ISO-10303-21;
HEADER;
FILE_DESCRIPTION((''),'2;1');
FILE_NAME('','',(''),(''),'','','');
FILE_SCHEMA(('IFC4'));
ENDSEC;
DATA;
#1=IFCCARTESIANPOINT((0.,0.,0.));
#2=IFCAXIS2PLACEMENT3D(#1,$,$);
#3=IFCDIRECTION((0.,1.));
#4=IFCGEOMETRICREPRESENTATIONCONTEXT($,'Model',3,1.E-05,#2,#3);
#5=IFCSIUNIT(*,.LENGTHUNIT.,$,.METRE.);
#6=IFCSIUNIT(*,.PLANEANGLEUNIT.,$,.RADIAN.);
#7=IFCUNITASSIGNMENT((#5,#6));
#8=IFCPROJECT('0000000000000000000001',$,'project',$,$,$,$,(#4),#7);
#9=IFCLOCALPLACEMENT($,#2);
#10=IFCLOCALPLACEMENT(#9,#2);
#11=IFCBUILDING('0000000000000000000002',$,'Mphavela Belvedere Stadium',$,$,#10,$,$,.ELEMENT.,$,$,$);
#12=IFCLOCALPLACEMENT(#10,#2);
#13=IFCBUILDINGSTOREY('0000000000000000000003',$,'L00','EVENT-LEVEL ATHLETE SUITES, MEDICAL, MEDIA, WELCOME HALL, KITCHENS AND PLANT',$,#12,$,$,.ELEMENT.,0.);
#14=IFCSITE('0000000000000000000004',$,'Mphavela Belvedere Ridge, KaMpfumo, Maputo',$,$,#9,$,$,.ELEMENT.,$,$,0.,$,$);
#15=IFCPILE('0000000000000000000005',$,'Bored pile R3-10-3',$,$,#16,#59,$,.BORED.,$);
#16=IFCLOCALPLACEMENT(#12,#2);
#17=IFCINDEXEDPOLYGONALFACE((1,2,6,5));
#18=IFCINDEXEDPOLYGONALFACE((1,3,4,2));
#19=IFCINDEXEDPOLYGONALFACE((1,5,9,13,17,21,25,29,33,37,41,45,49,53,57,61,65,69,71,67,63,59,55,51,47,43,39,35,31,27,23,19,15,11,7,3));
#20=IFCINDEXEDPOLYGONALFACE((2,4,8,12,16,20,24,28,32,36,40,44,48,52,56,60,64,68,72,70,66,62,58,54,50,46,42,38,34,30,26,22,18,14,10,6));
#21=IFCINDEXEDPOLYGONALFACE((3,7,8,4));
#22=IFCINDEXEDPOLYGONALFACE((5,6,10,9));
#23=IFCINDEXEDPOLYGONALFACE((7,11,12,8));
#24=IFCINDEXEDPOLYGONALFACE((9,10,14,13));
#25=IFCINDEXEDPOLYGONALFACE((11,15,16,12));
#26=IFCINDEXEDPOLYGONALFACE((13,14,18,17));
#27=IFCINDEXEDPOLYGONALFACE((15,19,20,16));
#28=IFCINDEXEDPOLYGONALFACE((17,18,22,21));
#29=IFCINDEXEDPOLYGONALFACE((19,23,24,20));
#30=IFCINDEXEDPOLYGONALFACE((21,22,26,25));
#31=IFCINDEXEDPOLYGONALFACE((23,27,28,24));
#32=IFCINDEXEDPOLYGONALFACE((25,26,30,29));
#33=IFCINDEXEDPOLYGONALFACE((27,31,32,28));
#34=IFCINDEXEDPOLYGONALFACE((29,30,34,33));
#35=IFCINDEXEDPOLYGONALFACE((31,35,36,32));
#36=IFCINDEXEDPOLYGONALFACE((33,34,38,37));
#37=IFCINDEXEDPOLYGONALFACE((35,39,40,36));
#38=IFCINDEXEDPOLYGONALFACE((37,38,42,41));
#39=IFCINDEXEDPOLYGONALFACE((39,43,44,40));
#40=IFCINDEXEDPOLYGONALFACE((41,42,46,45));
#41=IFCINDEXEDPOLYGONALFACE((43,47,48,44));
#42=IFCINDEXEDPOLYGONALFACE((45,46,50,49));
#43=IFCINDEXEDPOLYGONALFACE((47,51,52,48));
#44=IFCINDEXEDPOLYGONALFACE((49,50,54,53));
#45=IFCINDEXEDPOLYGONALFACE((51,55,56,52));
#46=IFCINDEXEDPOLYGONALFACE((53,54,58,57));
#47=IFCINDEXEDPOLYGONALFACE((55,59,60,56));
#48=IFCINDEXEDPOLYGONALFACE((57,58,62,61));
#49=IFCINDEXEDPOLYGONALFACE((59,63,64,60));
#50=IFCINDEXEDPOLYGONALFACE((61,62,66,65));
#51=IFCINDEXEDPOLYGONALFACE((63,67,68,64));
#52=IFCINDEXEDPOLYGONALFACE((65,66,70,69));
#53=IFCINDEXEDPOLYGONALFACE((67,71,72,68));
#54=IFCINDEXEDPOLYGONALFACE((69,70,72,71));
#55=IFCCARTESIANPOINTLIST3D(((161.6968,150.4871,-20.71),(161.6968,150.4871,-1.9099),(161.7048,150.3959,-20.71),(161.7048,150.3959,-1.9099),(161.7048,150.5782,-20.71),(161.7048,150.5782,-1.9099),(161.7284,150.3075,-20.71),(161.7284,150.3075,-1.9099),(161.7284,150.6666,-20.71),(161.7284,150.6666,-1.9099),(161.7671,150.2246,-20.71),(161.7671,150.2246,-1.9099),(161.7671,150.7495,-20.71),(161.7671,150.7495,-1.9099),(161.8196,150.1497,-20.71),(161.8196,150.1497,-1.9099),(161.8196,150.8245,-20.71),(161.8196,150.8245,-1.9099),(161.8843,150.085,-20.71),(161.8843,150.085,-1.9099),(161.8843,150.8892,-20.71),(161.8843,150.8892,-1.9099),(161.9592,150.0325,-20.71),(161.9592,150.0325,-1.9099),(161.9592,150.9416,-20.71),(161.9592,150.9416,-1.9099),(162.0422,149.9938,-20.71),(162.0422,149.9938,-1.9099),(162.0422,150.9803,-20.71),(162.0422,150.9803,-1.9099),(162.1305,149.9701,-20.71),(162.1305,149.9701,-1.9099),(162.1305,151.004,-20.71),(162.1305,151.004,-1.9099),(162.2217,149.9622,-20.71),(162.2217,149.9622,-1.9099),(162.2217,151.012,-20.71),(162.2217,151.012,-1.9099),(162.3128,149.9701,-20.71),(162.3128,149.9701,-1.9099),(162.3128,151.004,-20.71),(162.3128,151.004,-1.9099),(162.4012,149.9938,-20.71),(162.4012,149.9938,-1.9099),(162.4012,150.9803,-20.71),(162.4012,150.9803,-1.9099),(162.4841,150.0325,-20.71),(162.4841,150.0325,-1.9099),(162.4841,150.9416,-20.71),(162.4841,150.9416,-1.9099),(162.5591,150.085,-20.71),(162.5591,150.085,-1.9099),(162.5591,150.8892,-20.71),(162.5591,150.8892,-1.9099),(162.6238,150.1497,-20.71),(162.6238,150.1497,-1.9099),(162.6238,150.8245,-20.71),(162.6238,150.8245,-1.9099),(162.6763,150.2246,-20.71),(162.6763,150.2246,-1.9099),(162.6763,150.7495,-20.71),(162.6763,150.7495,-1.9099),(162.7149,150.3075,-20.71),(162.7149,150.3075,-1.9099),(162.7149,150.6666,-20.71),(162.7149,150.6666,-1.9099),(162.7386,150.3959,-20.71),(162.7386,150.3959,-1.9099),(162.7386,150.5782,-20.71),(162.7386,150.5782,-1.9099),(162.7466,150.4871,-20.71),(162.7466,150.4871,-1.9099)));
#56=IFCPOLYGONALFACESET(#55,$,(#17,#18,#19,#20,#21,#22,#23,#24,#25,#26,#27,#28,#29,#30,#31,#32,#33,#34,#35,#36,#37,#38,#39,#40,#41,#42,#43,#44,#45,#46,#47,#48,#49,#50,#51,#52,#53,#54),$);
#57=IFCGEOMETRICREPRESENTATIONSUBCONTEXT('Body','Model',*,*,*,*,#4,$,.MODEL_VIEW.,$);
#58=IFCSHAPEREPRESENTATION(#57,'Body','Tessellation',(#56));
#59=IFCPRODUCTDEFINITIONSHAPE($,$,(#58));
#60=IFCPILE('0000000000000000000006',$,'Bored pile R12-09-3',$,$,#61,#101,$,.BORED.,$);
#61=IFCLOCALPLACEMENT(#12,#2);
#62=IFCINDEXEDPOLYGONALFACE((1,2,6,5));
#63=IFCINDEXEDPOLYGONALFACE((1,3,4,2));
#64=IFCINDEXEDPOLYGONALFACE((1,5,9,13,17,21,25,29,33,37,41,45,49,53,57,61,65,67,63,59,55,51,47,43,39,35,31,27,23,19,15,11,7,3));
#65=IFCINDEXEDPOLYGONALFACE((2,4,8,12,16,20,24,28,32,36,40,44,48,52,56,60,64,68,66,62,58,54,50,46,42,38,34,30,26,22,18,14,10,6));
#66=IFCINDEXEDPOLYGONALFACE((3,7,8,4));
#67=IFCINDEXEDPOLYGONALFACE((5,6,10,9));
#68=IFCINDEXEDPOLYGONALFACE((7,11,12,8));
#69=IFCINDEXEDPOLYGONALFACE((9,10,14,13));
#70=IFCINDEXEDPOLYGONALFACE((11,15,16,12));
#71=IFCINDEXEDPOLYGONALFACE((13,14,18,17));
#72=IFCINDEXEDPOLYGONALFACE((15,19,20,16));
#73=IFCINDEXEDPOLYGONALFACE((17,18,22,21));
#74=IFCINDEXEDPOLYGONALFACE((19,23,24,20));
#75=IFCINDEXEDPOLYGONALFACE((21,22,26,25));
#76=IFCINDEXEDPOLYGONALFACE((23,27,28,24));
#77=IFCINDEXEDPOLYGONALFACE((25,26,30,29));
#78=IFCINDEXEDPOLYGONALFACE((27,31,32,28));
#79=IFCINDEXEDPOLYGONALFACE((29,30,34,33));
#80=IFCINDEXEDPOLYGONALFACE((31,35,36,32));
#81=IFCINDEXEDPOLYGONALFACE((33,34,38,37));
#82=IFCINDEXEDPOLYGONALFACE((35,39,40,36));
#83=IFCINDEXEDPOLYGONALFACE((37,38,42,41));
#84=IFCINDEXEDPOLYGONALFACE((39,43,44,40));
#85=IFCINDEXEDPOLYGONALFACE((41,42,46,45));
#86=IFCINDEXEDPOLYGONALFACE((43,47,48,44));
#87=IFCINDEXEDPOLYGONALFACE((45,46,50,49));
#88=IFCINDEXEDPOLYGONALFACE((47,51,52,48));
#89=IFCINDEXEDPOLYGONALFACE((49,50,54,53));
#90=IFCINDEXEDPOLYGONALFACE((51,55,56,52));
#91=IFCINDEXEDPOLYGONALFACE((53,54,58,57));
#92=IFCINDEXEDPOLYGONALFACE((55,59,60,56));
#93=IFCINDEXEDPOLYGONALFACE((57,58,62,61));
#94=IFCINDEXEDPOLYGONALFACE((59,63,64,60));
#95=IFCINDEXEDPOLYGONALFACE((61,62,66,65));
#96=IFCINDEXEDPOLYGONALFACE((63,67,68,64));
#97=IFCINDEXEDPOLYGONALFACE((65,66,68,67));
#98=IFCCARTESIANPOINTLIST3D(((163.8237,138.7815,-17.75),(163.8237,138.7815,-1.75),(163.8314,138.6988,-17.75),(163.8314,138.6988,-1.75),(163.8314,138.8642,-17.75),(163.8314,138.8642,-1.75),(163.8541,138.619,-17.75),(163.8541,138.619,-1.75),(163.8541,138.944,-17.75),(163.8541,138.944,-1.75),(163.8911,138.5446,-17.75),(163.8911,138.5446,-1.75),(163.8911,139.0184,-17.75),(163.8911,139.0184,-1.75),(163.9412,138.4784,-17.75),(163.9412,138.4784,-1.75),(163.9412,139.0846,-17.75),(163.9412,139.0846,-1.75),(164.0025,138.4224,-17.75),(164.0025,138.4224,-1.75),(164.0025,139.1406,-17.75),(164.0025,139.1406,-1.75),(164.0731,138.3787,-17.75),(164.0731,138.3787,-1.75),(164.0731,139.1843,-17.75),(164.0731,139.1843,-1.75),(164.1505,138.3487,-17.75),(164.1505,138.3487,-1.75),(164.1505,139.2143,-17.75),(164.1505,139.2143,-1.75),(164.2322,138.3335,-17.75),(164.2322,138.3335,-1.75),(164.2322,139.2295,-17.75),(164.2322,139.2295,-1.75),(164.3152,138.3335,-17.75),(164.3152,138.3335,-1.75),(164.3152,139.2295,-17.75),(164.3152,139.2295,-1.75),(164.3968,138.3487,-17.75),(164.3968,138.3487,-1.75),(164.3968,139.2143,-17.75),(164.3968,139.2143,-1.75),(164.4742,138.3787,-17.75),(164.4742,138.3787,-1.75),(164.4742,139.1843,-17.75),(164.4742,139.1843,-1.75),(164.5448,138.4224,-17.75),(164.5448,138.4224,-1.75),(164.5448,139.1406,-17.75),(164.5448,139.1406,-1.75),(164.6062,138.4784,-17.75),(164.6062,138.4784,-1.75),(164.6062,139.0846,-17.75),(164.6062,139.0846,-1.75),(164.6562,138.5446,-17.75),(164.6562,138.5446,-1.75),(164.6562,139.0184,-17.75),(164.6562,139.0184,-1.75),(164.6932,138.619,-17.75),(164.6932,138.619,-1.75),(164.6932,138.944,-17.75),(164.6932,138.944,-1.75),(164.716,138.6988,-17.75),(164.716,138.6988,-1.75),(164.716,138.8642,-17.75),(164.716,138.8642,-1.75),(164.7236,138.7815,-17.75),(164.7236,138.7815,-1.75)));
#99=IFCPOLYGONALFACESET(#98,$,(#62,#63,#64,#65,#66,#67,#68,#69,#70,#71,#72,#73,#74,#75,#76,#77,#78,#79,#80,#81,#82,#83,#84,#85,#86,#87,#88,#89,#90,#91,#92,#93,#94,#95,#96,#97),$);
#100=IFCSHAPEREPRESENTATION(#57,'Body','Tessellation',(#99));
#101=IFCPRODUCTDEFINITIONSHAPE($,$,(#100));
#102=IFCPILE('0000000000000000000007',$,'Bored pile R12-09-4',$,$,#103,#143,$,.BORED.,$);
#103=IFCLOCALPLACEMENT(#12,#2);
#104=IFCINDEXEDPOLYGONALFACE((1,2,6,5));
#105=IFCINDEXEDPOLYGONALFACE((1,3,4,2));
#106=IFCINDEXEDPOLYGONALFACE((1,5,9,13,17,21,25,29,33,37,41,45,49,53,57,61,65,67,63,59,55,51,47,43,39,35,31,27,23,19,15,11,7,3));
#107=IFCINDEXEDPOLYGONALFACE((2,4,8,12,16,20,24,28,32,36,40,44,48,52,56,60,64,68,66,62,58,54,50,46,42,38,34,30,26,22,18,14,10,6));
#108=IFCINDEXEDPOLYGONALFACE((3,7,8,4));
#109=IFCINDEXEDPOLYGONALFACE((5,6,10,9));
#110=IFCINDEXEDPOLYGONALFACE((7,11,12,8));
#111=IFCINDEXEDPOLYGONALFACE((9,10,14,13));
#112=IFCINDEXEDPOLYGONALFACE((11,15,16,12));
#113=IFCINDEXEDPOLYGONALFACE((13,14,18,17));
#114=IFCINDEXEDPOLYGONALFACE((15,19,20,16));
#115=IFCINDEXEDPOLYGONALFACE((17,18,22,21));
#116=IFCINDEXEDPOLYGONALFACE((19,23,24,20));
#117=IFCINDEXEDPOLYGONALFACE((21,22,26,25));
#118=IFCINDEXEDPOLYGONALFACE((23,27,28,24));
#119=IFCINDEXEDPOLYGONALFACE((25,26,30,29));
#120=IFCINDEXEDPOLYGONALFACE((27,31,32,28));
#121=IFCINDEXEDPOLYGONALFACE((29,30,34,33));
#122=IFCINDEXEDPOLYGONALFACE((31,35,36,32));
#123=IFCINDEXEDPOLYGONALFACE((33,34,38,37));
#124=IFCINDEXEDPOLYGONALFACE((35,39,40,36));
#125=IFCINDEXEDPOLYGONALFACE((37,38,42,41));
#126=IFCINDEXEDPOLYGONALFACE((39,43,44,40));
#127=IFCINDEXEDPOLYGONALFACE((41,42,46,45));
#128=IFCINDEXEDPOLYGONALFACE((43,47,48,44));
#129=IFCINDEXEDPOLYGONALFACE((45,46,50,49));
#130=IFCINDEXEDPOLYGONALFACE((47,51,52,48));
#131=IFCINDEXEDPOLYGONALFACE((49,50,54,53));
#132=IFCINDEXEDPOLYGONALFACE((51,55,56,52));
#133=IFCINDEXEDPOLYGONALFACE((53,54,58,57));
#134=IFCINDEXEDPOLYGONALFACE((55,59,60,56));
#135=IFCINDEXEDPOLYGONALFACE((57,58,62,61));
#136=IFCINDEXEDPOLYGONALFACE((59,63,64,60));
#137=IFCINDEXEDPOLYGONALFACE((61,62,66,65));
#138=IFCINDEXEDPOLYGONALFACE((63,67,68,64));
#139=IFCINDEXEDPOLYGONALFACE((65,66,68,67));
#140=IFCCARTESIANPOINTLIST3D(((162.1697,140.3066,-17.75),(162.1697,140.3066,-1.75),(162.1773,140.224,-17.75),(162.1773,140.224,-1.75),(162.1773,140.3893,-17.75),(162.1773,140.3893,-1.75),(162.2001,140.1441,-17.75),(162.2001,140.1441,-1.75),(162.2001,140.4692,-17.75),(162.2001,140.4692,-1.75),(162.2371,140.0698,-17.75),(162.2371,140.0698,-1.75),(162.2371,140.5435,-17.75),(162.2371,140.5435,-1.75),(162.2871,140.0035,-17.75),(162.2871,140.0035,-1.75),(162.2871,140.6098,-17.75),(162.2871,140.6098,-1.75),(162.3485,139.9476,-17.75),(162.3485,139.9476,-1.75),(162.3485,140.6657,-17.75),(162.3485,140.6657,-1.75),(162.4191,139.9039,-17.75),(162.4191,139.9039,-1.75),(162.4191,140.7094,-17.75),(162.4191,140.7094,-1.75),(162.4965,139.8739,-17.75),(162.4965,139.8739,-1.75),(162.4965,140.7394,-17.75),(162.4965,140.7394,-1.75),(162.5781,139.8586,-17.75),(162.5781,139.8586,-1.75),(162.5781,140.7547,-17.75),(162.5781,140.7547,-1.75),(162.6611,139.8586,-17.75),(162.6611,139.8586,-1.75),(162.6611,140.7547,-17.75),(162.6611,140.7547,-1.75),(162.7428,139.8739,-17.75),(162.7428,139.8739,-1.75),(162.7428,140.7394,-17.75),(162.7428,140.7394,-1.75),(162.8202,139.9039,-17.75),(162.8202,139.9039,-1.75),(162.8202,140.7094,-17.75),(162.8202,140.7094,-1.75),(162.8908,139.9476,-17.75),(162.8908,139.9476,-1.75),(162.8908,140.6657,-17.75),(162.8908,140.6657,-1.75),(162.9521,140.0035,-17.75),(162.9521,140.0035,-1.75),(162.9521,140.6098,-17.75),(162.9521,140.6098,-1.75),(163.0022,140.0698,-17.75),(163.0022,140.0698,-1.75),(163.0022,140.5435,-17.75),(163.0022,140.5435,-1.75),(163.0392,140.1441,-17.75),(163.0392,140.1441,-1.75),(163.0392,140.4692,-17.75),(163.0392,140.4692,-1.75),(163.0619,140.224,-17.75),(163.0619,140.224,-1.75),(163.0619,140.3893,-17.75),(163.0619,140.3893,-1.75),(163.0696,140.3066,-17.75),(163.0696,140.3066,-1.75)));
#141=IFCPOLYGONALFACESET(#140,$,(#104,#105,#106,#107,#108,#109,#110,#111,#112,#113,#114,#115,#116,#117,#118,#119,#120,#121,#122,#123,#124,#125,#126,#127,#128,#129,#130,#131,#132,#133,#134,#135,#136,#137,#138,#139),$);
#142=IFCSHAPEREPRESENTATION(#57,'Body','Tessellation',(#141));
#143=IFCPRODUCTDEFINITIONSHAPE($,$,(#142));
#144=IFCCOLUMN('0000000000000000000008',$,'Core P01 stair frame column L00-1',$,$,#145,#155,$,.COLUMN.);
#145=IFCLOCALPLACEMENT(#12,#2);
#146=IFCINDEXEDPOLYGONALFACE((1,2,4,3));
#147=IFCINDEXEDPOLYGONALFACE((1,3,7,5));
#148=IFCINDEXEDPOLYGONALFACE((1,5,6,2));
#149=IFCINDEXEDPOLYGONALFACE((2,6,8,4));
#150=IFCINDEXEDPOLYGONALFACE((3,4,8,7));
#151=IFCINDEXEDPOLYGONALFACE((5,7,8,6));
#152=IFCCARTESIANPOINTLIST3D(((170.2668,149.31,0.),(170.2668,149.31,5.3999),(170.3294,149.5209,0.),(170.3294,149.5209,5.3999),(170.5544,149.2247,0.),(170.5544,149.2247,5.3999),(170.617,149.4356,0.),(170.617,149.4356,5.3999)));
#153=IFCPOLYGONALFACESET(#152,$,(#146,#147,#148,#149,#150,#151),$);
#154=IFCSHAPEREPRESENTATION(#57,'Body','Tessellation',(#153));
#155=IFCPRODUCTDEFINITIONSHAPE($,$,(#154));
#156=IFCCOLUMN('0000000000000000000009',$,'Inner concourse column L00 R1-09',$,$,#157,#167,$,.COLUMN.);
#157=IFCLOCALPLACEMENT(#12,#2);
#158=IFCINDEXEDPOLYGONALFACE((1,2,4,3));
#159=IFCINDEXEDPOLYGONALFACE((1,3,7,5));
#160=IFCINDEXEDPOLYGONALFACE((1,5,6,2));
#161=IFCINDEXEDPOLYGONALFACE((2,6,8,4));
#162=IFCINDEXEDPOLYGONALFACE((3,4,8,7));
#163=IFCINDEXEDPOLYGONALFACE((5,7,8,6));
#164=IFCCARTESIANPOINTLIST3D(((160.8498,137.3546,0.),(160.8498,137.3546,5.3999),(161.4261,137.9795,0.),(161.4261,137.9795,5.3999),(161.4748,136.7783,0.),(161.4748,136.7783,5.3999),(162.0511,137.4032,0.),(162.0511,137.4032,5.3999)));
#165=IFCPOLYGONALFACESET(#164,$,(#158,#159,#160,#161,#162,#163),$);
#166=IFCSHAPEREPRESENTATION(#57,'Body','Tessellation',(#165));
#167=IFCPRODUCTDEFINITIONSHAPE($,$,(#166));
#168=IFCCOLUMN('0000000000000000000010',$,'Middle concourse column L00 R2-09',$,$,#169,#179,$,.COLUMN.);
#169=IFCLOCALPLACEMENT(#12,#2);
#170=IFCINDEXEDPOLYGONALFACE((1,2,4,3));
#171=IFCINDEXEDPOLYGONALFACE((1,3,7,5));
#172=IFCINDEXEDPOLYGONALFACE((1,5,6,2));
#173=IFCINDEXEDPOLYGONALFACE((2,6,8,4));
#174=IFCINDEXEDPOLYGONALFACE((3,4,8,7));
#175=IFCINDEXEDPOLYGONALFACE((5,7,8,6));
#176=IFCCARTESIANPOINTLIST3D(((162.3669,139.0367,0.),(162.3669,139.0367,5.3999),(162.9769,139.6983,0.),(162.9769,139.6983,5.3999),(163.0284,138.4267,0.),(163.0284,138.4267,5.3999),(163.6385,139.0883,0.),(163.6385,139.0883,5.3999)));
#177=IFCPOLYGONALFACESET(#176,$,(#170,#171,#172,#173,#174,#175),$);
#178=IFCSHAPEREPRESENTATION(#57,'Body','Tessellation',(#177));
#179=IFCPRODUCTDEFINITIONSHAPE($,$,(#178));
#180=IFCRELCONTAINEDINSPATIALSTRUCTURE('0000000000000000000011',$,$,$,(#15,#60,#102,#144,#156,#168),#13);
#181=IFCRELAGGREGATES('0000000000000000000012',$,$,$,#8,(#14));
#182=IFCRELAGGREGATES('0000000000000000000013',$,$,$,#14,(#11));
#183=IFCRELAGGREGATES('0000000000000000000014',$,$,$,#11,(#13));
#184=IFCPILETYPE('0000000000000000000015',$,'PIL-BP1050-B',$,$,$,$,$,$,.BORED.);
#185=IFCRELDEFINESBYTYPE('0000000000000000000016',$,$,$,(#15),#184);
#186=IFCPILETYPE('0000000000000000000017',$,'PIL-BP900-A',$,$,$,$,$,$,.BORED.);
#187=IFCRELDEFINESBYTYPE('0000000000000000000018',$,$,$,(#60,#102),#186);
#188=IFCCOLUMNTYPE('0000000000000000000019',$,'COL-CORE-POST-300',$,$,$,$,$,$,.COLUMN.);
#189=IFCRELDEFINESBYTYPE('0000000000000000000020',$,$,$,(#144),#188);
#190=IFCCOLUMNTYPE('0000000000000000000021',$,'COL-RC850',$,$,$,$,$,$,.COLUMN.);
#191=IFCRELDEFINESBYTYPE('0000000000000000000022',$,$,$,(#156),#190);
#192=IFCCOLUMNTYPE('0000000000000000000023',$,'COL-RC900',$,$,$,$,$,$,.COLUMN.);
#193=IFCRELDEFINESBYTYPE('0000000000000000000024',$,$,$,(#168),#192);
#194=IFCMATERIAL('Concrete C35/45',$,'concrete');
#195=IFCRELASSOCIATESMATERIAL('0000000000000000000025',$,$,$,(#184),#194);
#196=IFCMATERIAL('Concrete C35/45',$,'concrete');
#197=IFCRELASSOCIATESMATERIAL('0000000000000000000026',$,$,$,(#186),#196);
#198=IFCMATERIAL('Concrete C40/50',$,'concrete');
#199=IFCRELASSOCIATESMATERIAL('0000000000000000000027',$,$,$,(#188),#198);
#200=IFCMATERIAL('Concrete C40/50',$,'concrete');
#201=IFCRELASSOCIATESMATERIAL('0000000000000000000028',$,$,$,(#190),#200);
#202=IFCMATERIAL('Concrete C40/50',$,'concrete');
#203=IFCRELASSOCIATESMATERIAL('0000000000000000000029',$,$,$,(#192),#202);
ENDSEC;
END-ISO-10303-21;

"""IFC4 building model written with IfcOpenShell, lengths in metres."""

from ifc_helpers import new_model, si_unit, direction, frame, origin, origin_2d, place, context, subcontext, project, spatial, rectangle, circle, extrude, material, material_profile, profile_set, type_object, element, save


model = new_model("IFC4")

# Units and contexts
model_context = context("Model", 3, precision=1e-05, world=origin(), true_north=direction((0.0, 1.0)))
body_context = subcontext(model_context, "Body", "Model", "MODEL_VIEW")
ifc_project = project(units=[si_unit("LENGTHUNIT", "METRE"), si_unit("PLANEANGLEUNIT", "RADIAN")], contexts=[model_context])

# Site, building, storey
site_placement = place(None, origin())
site = spatial("IfcSite", under=ifc_project, at=site_placement, Name="Mphavela Belvedere Ridge, KaMpfumo, Maputo", CompositionType="ELEMENT", RefElevation=0.0)
building_placement = place(site_placement, origin())
building = spatial("IfcBuilding", under=site, at=building_placement, Name="Mphavela Belvedere Stadium", CompositionType="ELEMENT")
storey_placement = place(building_placement, origin())
storey = spatial("IfcBuildingStorey", under=building, at=storey_placement, Name="L00", Description="EVENT-LEVEL ATHLETE SUITES, MEDICAL, MEDIA, WELCOME HALL, KITCHENS AND PLANT", CompositionType="ELEMENT", Elevation=0.0)

# Piles
ifc_material_1 = material(Name="Concrete C35/45", Category="concrete")
ifc_material_profile_1 = material_profile(ifc_material_1, circle(Radius=0.5249, at=origin_2d()), Name="BP D1050")
ifc_profile_set_1 = profile_set([ifc_material_profile_1], Name="Concrete C35/45")
pile_type_1 = type_object("IfcPileType", Name="PIL-BP1050-B", PredefinedType="BORED", material=ifc_profile_set_1)
pile_placement = place(storey_placement, frame((162.2217, 150.4871, -1.9099), z_axis=(0.0, 0.0, -1.0), x_axis=(1.0, 0.0, 0.0)))
element("IfcPile", 1, at=pile_placement, inside=storey, type_object=pile_type_1, Name="Bored pile R3-10-3", PredefinedType="BORED", context=body_context, shape_type="SweptSolid", body=[
    extrude(circle(Radius=0.5249, at=origin_2d()), origin(), (0.0, 0.0, 1.0), 18.8),
])
ifc_material_2 = material(Name="Concrete C35/45", Category="concrete")
ifc_material_profile_2 = material_profile(ifc_material_2, circle(Radius=0.45, at=origin_2d()), Name="BP D900")
ifc_profile_set_2 = profile_set([ifc_material_profile_2], Name="Concrete C35/45")
pile_type_2 = type_object("IfcPileType", Name="PIL-BP900-A", PredefinedType="BORED", material=ifc_profile_set_2)
for number, where, z_axis, x_axis, name in (
    (2, (164.2737, 138.7815, -1.75), (0.0, 0.0, -1.0), (1.0, 0.0, 0.0), "Bored pile R12-09-3"),
    (3, (162.6196, 140.3066, -1.75), (0.0, 0.0, -1.0), (1.0, 0.0, 0.0), "Bored pile R12-09-4"),
):
    element("IfcPile", number, at=place(storey_placement, frame(where, z_axis=z_axis, x_axis=x_axis)), inside=storey, type_object=pile_type_2, Name=name, PredefinedType="BORED", context=body_context, shape_type="SweptSolid", body=[
        extrude(circle(Radius=0.45, at=origin_2d()), origin(), (0.0, 0.0, 1.0), 16.0),
    ])

# Columns
ifc_material_3 = material(Name="Concrete C40/50", Category="concrete")
ifc_material_profile_3 = material_profile(ifc_material_3, rectangle(XDim=0.3, YDim=0.22, at=origin_2d()), Name="RC 300x220")
ifc_profile_set_3 = profile_set([ifc_material_profile_3], Name="Concrete C40/50")
column_type_1 = type_object("IfcColumnType", Name="COL-CORE-POST-300", PredefinedType="COLUMN", material=ifc_profile_set_3)
column_1_placement = place(storey_placement, frame((170.4419, 149.3728, 0.0), z_axis=(0.0, 0.0, 1.0), x_axis=(0.958671, -0.284517, 0.0)))
element("IfcColumn", 4, at=column_1_placement, inside=storey, type_object=column_type_1, Name="Core P01 stair frame column L00-1", PredefinedType="COLUMN", context=body_context, shape_type="SweptSolid", body=[
    extrude(rectangle(XDim=0.3, YDim=0.22, at=origin_2d()), origin(), (0.0, 0.0, 1.0), 5.3999),
])
ifc_material_4 = material(Name="Concrete C40/50", Category="concrete")
ifc_material_profile_4 = material_profile(ifc_material_4, rectangle(XDim=0.8501, YDim=0.8501, at=origin_2d()), Name="RC 850x850")
ifc_profile_set_4 = profile_set([ifc_material_profile_4], Name="Concrete C40/50")
column_type_2 = type_object("IfcColumnType", Name="COL-RC850", PredefinedType="COLUMN", material=ifc_profile_set_4)
column_2_placement = place(storey_placement, frame((161.4504, 137.3789, 0.0), z_axis=(0.0, 0.0, 1.0), x_axis=(0.677903, 0.735151, 0.0)))
element("IfcColumn", 5, at=column_2_placement, inside=storey, type_object=column_type_2, Name="Inner concourse column L00 R1-09", PredefinedType="COLUMN", context=body_context, shape_type="SweptSolid", body=[
    extrude(rectangle(XDim=0.8501, YDim=0.8501, at=origin_2d()), origin(), (0.0, 0.0, 1.0), 5.3999),
])
ifc_material_5 = material(Name="Concrete C40/50", Category="concrete")
ifc_material_profile_5 = material_profile(ifc_material_5, rectangle(XDim=0.8999, YDim=0.8999, at=origin_2d()), Name="RC 900x900")
ifc_profile_set_5 = profile_set([ifc_material_profile_5], Name="Concrete C40/50")
column_type_3 = type_object("IfcColumnType", Name="COL-RC900", PredefinedType="COLUMN", material=ifc_profile_set_5)
column_3_placement = place(storey_placement, frame((163.0027, 139.0625, 0.0), z_axis=(0.0, 0.0, 1.0), x_axis=(0.677903, 0.735151, 0.0)))
element("IfcColumn", 6, at=column_3_placement, inside=storey, type_object=column_type_3, Name="Middle concourse column L00 R2-09", PredefinedType="COLUMN", context=body_context, shape_type="SweptSolid", body=[
    extrude(rectangle(XDim=0.8999, YDim=0.8999, at=origin_2d()), origin(), (0.0, 0.0, 1.0), 5.3999),
])

save(model, "model.ifc")
